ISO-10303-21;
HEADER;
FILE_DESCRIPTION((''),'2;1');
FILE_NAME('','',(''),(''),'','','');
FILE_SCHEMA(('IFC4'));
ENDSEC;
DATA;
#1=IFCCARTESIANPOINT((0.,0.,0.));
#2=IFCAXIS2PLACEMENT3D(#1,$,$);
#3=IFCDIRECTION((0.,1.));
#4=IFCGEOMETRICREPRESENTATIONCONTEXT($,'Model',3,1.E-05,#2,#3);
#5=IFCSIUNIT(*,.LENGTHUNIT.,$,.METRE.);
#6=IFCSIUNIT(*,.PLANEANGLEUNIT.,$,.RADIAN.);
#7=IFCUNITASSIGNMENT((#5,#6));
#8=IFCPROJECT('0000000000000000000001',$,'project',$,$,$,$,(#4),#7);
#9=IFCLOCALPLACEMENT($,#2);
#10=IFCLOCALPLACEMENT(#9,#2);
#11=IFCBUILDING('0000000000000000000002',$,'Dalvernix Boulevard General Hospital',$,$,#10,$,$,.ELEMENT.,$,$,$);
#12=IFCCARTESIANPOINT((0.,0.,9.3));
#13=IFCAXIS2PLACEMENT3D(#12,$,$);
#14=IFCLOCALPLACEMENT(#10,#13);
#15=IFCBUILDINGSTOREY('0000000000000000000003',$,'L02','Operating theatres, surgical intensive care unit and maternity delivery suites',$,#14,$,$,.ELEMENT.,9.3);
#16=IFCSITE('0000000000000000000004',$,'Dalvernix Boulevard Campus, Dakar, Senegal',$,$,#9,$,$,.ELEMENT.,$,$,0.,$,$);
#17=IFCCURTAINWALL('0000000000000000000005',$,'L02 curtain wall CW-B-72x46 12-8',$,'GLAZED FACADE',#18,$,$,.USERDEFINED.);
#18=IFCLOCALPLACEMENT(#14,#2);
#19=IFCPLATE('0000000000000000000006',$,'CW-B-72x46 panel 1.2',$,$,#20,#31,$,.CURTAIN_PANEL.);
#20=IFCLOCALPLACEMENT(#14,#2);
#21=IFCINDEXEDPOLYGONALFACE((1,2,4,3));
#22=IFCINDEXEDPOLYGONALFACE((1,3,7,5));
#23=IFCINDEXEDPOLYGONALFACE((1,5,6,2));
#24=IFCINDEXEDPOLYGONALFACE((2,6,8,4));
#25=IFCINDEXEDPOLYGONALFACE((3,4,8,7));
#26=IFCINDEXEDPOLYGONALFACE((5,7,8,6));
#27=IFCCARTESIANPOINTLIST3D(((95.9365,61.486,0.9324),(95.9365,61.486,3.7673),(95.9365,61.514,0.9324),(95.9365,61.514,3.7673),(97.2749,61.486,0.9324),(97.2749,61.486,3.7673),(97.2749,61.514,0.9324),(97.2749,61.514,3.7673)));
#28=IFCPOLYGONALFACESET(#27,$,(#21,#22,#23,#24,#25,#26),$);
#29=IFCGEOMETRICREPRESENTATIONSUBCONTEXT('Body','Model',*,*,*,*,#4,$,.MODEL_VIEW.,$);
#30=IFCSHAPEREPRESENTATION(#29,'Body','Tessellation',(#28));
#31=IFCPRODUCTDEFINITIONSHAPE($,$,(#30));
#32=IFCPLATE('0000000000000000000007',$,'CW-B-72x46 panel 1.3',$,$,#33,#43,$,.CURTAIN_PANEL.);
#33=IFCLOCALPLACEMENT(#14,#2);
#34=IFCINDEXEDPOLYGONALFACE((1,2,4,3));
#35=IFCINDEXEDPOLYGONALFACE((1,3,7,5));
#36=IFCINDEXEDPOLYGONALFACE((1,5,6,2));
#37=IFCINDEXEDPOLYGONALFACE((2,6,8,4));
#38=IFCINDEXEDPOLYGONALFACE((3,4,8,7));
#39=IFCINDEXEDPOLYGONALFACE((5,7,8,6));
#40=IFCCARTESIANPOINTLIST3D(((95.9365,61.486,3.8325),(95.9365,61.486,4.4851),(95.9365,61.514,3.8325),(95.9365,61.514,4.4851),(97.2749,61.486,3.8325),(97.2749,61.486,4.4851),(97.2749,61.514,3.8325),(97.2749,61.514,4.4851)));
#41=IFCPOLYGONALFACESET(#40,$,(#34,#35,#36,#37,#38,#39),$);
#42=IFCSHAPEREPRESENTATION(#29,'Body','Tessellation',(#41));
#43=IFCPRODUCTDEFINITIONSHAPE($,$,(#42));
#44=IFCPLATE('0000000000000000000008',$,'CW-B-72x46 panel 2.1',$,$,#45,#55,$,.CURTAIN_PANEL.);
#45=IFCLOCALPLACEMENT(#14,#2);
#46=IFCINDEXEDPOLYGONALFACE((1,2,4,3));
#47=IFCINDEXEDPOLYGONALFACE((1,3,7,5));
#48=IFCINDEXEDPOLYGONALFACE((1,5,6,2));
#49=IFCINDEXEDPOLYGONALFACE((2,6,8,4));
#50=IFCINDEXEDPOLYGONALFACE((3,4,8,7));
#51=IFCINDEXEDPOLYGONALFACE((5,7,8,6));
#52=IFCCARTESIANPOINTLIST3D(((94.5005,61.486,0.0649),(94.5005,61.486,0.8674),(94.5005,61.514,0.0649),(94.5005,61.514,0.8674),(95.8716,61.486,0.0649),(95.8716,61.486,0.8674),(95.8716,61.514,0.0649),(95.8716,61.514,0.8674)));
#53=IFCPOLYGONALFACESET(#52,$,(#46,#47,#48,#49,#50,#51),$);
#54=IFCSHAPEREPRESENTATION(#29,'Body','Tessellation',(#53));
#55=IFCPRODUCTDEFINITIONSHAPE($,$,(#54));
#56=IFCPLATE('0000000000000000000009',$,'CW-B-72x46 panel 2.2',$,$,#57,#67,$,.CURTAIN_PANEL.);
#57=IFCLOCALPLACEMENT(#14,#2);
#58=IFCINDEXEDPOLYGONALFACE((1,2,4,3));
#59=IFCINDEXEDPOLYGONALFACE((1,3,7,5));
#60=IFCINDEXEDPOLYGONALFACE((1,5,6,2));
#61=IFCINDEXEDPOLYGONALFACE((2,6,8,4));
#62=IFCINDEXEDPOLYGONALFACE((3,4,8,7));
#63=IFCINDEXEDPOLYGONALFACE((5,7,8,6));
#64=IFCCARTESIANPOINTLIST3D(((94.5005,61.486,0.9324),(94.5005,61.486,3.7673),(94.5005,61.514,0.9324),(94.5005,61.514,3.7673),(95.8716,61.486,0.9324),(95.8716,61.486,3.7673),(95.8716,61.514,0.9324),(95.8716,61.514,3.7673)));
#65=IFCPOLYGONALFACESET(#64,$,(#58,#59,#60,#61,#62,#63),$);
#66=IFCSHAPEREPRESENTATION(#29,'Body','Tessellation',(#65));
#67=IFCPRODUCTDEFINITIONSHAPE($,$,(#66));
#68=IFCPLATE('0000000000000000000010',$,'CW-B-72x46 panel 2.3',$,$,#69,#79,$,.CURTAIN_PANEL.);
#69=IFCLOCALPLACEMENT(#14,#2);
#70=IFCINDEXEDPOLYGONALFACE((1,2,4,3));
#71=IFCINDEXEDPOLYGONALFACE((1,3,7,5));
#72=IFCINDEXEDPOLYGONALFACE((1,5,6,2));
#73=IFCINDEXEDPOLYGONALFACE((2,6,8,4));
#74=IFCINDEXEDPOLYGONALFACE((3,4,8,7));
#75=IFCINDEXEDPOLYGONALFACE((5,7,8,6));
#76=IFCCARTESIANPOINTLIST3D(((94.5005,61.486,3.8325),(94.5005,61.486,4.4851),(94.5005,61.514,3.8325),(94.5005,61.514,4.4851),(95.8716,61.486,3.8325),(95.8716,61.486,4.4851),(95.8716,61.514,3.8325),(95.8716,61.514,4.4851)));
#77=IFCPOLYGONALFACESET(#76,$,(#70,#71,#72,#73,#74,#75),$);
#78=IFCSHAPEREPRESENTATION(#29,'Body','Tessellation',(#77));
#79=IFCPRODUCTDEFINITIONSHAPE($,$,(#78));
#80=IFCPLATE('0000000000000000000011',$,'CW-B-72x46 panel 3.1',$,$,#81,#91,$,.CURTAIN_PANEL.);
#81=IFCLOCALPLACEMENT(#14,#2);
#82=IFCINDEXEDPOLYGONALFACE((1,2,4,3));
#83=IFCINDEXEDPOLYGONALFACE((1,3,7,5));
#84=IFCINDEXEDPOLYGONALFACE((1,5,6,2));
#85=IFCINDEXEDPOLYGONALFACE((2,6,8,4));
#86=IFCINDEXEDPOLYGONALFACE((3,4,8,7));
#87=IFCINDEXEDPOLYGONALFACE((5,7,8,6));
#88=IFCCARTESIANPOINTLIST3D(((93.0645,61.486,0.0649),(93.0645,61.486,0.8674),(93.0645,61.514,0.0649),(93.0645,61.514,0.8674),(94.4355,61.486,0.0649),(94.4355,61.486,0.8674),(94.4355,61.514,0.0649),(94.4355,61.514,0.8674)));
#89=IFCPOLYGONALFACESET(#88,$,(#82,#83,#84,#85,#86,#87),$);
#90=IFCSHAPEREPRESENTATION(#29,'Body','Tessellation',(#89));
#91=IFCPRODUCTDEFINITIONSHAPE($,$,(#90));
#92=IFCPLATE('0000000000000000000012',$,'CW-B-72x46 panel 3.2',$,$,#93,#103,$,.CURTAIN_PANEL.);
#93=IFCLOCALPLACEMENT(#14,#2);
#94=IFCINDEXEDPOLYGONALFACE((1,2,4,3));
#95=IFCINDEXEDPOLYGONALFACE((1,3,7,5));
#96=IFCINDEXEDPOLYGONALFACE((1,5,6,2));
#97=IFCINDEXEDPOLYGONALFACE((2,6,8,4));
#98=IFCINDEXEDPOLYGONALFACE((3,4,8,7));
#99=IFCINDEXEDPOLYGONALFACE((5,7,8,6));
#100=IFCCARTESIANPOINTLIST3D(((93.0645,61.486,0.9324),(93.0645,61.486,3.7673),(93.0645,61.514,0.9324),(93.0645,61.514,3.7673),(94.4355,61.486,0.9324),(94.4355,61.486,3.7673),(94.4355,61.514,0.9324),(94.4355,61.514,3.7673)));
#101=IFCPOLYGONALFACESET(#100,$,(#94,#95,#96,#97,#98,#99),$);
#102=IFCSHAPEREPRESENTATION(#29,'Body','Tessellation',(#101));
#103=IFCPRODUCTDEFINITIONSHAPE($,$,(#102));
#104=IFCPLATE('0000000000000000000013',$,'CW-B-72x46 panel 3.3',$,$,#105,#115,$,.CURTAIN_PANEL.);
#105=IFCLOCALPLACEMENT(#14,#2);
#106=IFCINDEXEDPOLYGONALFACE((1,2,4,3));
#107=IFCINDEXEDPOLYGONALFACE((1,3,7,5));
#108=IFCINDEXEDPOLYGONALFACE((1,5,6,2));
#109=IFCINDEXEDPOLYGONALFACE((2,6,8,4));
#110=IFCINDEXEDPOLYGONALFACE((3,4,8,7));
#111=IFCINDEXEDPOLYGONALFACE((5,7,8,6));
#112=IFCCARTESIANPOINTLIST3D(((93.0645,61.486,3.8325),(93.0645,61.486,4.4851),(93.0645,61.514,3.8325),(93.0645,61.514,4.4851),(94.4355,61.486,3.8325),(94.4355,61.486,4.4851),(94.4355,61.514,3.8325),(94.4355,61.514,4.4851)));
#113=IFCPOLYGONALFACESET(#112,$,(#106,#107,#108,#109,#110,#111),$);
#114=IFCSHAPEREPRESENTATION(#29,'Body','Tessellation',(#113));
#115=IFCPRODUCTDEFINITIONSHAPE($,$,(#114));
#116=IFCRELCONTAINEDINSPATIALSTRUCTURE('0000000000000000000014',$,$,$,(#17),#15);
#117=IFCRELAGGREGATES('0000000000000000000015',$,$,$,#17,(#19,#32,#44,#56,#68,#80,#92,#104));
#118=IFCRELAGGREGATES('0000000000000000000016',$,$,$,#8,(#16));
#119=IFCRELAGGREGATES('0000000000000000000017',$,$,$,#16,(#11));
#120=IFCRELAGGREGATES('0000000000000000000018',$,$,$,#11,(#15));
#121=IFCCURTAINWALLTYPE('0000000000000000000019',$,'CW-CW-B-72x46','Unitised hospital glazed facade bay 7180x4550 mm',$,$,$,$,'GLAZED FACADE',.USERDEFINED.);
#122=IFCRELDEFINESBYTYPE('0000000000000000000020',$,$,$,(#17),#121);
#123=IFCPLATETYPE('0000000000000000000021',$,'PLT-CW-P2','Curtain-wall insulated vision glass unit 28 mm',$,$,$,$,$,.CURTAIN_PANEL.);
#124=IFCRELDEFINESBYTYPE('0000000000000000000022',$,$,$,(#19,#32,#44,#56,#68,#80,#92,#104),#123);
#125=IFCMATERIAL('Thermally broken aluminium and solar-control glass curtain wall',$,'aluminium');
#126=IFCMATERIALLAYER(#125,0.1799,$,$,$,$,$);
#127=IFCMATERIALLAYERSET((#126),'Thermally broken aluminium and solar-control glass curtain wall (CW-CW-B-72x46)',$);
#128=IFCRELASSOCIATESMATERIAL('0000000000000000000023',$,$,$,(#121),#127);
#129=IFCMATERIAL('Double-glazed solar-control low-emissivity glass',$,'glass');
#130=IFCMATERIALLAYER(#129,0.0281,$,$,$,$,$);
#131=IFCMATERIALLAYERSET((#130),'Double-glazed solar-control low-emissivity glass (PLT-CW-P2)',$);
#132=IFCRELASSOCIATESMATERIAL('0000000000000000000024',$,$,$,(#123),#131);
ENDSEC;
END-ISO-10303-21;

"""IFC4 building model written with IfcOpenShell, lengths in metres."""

from ifc_helpers import new_model, si_unit, direction, frame, origin, origin_2d, place, context, subcontext, project, spatial, rectangle, extrude, material, layer, layer_set, type_object, element, aggregate, save


model = new_model("IFC4")

# Units and contexts
model_context = context("Model", 3, precision=1e-05, world=origin(), true_north=direction((0.0, 1.0)))
body_context = subcontext(model_context, "Body", "Model", "MODEL_VIEW")
ifc_project = project(units=[si_unit("LENGTHUNIT", "METRE"), si_unit("PLANEANGLEUNIT", "RADIAN")], contexts=[model_context])

# Site, building, storey
site_placement = place(None, origin())
site = spatial("IfcSite", under=ifc_project, at=site_placement, Name="Dalvernix Boulevard Campus, Dakar, Senegal", CompositionType="ELEMENT", RefElevation=0.0)
building_placement = place(site_placement, origin())
building = spatial("IfcBuilding", under=site, at=building_placement, Name="Dalvernix Boulevard General Hospital", CompositionType="ELEMENT")
storey_placement = place(building_placement, frame((0.0, 0.0, 9.3)))
storey = spatial("IfcBuildingStorey", under=building, at=storey_placement, Name="L02", Description="Operating theatres, surgical intensive care unit and maternity delivery suites", CompositionType="ELEMENT", Elevation=9.3)

# Curtain wall, plates
ifc_material_1 = material(Name="Thermally broken aluminium and solar-control glass curtain wall", Category="aluminium")
ifc_layer_1 = layer(ifc_material_1, 0.1799)
ifc_layer_set_1 = layer_set([ifc_layer_1], Name="Thermally broken aluminium and solar-control glass curtain wall (CW-CW-B-72x46)")
curtain_wall_type = type_object("IfcCurtainWallType", Name="CW-CW-B-72x46", Description="Unitised hospital glazed facade bay 7180x4550 mm", ElementType="GLAZED FACADE", PredefinedType="USERDEFINED", material=ifc_layer_set_1)
curtain_wall_placement = place(storey_placement, origin())
curtain_wall = element("IfcCurtainWall", 1, at=curtain_wall_placement, inside=storey, type_object=curtain_wall_type, Name="L02 curtain wall CW-B-72x46 12-8", ObjectType="GLAZED FACADE", PredefinedType="USERDEFINED")
ifc_material_2 = material(Name="Double-glazed solar-control low-emissivity glass", Category="glass")
ifc_layer_2 = layer(ifc_material_2, 0.0281)
ifc_layer_set_2 = layer_set([ifc_layer_2], Name="Double-glazed solar-control low-emissivity glass (PLT-CW-P2)")
plate_type = type_object("IfcPlateType", Name="PLT-CW-P2", Description="Curtain-wall insulated vision glass unit 28 mm", PredefinedType="CURTAIN_PANEL", material=ifc_layer_set_2)
plate_1_placement = place(storey_placement, frame((96.6057, 61.5, 0.9324), z_axis=(0.0, 0.0, 1.0), x_axis=(-1.0, 0.0, 0.0)))
plate_1 = element("IfcPlate", 2, at=plate_1_placement, type_object=plate_type, Name="CW-B-72x46 panel 1.2", PredefinedType="CURTAIN_PANEL", context=body_context, shape_type="SweptSolid", body=[
    extrude(rectangle(XDim=1.3384, YDim=0.0281, at=origin_2d()), origin(), (0.0, 0.0, 1.0), 2.835),
])
plate_2_placement = place(storey_placement, frame((96.6057, 61.5, 3.8325), z_axis=(0.0, 0.0, 1.0), x_axis=(-1.0, 0.0, 0.0)))
plate_2 = element("IfcPlate", 3, at=plate_2_placement, type_object=plate_type, Name="CW-B-72x46 panel 1.3", PredefinedType="CURTAIN_PANEL", context=body_context, shape_type="SweptSolid", body=[
    extrude(rectangle(XDim=1.3384, YDim=0.0281, at=origin_2d()), origin(), (0.0, 0.0, 1.0), 0.6526),
])
plate_3_placement = place(storey_placement, frame((95.186, 61.5, 0.0649), z_axis=(0.0, 0.0, 1.0), x_axis=(-1.0, 0.0, 0.0)))
plate_3 = element("IfcPlate", 4, at=plate_3_placement, type_object=plate_type, Name="CW-B-72x46 panel 2.1", PredefinedType="CURTAIN_PANEL", context=body_context, shape_type="SweptSolid", body=[
    extrude(rectangle(XDim=1.3711, YDim=0.0281, at=origin_2d()), origin(), (0.0, 0.0, 1.0), 0.8025),
])
plate_4_placement = place(storey_placement, frame((95.186, 61.5, 0.9324), z_axis=(0.0, 0.0, 1.0), x_axis=(-1.0, 0.0, 0.0)))
plate_4 = element("IfcPlate", 5, at=plate_4_placement, type_object=plate_type, Name="CW-B-72x46 panel 2.2", PredefinedType="CURTAIN_PANEL", context=body_context, shape_type="SweptSolid", body=[
    extrude(rectangle(XDim=1.3711, YDim=0.0281, at=origin_2d()), origin(), (0.0, 0.0, 1.0), 2.835),
])
plate_5_placement = place(storey_placement, frame((95.186, 61.5, 3.8325), z_axis=(0.0, 0.0, 1.0), x_axis=(-1.0, 0.0, 0.0)))
plate_5 = element("IfcPlate", 6, at=plate_5_placement, type_object=plate_type, Name="CW-B-72x46 panel 2.3", PredefinedType="CURTAIN_PANEL", context=body_context, shape_type="SweptSolid", body=[
    extrude(rectangle(XDim=1.3711, YDim=0.0281, at=origin_2d()), origin(), (0.0, 0.0, 1.0), 0.6526),
])
plate_6_placement = place(storey_placement, frame((93.75, 61.5, 0.0649), z_axis=(0.0, 0.0, 1.0), x_axis=(-1.0, 0.0, 0.0)))
plate_6 = element("IfcPlate", 7, at=plate_6_placement, type_object=plate_type, Name="CW-B-72x46 panel 3.1", PredefinedType="CURTAIN_PANEL", context=body_context, shape_type="SweptSolid", body=[
    extrude(rectangle(XDim=1.3711, YDim=0.0281, at=origin_2d()), origin(), (0.0, 0.0, 1.0), 0.8025),
])
plate_7_placement = place(storey_placement, frame((93.75, 61.5, 0.9324), z_axis=(0.0, 0.0, 1.0), x_axis=(-1.0, 0.0, 0.0)))
plate_7 = element("IfcPlate", 8, at=plate_7_placement, type_object=plate_type, Name="CW-B-72x46 panel 3.2", PredefinedType="CURTAIN_PANEL", context=body_context, shape_type="SweptSolid", body=[
    extrude(rectangle(XDim=1.3711, YDim=0.0281, at=origin_2d()), origin(), (0.0, 0.0, 1.0), 2.835),
])
plate_8_placement = place(storey_placement, frame((93.75, 61.5, 3.8325), z_axis=(0.0, 0.0, 1.0), x_axis=(-1.0, 0.0, 0.0)))
plate_8 = element("IfcPlate", 9, at=plate_8_placement, type_object=plate_type, Name="CW-B-72x46 panel 3.3", PredefinedType="CURTAIN_PANEL", context=body_context, shape_type="SweptSolid", body=[
    extrude(rectangle(XDim=1.3711, YDim=0.0281, at=origin_2d()), origin(), (0.0, 0.0, 1.0), 0.6526),
])
aggregate(curtain_wall, [plate_1, plate_2, plate_3, plate_4, plate_5, plate_6, plate_7, plate_8])

save(model, "model.ifc")
